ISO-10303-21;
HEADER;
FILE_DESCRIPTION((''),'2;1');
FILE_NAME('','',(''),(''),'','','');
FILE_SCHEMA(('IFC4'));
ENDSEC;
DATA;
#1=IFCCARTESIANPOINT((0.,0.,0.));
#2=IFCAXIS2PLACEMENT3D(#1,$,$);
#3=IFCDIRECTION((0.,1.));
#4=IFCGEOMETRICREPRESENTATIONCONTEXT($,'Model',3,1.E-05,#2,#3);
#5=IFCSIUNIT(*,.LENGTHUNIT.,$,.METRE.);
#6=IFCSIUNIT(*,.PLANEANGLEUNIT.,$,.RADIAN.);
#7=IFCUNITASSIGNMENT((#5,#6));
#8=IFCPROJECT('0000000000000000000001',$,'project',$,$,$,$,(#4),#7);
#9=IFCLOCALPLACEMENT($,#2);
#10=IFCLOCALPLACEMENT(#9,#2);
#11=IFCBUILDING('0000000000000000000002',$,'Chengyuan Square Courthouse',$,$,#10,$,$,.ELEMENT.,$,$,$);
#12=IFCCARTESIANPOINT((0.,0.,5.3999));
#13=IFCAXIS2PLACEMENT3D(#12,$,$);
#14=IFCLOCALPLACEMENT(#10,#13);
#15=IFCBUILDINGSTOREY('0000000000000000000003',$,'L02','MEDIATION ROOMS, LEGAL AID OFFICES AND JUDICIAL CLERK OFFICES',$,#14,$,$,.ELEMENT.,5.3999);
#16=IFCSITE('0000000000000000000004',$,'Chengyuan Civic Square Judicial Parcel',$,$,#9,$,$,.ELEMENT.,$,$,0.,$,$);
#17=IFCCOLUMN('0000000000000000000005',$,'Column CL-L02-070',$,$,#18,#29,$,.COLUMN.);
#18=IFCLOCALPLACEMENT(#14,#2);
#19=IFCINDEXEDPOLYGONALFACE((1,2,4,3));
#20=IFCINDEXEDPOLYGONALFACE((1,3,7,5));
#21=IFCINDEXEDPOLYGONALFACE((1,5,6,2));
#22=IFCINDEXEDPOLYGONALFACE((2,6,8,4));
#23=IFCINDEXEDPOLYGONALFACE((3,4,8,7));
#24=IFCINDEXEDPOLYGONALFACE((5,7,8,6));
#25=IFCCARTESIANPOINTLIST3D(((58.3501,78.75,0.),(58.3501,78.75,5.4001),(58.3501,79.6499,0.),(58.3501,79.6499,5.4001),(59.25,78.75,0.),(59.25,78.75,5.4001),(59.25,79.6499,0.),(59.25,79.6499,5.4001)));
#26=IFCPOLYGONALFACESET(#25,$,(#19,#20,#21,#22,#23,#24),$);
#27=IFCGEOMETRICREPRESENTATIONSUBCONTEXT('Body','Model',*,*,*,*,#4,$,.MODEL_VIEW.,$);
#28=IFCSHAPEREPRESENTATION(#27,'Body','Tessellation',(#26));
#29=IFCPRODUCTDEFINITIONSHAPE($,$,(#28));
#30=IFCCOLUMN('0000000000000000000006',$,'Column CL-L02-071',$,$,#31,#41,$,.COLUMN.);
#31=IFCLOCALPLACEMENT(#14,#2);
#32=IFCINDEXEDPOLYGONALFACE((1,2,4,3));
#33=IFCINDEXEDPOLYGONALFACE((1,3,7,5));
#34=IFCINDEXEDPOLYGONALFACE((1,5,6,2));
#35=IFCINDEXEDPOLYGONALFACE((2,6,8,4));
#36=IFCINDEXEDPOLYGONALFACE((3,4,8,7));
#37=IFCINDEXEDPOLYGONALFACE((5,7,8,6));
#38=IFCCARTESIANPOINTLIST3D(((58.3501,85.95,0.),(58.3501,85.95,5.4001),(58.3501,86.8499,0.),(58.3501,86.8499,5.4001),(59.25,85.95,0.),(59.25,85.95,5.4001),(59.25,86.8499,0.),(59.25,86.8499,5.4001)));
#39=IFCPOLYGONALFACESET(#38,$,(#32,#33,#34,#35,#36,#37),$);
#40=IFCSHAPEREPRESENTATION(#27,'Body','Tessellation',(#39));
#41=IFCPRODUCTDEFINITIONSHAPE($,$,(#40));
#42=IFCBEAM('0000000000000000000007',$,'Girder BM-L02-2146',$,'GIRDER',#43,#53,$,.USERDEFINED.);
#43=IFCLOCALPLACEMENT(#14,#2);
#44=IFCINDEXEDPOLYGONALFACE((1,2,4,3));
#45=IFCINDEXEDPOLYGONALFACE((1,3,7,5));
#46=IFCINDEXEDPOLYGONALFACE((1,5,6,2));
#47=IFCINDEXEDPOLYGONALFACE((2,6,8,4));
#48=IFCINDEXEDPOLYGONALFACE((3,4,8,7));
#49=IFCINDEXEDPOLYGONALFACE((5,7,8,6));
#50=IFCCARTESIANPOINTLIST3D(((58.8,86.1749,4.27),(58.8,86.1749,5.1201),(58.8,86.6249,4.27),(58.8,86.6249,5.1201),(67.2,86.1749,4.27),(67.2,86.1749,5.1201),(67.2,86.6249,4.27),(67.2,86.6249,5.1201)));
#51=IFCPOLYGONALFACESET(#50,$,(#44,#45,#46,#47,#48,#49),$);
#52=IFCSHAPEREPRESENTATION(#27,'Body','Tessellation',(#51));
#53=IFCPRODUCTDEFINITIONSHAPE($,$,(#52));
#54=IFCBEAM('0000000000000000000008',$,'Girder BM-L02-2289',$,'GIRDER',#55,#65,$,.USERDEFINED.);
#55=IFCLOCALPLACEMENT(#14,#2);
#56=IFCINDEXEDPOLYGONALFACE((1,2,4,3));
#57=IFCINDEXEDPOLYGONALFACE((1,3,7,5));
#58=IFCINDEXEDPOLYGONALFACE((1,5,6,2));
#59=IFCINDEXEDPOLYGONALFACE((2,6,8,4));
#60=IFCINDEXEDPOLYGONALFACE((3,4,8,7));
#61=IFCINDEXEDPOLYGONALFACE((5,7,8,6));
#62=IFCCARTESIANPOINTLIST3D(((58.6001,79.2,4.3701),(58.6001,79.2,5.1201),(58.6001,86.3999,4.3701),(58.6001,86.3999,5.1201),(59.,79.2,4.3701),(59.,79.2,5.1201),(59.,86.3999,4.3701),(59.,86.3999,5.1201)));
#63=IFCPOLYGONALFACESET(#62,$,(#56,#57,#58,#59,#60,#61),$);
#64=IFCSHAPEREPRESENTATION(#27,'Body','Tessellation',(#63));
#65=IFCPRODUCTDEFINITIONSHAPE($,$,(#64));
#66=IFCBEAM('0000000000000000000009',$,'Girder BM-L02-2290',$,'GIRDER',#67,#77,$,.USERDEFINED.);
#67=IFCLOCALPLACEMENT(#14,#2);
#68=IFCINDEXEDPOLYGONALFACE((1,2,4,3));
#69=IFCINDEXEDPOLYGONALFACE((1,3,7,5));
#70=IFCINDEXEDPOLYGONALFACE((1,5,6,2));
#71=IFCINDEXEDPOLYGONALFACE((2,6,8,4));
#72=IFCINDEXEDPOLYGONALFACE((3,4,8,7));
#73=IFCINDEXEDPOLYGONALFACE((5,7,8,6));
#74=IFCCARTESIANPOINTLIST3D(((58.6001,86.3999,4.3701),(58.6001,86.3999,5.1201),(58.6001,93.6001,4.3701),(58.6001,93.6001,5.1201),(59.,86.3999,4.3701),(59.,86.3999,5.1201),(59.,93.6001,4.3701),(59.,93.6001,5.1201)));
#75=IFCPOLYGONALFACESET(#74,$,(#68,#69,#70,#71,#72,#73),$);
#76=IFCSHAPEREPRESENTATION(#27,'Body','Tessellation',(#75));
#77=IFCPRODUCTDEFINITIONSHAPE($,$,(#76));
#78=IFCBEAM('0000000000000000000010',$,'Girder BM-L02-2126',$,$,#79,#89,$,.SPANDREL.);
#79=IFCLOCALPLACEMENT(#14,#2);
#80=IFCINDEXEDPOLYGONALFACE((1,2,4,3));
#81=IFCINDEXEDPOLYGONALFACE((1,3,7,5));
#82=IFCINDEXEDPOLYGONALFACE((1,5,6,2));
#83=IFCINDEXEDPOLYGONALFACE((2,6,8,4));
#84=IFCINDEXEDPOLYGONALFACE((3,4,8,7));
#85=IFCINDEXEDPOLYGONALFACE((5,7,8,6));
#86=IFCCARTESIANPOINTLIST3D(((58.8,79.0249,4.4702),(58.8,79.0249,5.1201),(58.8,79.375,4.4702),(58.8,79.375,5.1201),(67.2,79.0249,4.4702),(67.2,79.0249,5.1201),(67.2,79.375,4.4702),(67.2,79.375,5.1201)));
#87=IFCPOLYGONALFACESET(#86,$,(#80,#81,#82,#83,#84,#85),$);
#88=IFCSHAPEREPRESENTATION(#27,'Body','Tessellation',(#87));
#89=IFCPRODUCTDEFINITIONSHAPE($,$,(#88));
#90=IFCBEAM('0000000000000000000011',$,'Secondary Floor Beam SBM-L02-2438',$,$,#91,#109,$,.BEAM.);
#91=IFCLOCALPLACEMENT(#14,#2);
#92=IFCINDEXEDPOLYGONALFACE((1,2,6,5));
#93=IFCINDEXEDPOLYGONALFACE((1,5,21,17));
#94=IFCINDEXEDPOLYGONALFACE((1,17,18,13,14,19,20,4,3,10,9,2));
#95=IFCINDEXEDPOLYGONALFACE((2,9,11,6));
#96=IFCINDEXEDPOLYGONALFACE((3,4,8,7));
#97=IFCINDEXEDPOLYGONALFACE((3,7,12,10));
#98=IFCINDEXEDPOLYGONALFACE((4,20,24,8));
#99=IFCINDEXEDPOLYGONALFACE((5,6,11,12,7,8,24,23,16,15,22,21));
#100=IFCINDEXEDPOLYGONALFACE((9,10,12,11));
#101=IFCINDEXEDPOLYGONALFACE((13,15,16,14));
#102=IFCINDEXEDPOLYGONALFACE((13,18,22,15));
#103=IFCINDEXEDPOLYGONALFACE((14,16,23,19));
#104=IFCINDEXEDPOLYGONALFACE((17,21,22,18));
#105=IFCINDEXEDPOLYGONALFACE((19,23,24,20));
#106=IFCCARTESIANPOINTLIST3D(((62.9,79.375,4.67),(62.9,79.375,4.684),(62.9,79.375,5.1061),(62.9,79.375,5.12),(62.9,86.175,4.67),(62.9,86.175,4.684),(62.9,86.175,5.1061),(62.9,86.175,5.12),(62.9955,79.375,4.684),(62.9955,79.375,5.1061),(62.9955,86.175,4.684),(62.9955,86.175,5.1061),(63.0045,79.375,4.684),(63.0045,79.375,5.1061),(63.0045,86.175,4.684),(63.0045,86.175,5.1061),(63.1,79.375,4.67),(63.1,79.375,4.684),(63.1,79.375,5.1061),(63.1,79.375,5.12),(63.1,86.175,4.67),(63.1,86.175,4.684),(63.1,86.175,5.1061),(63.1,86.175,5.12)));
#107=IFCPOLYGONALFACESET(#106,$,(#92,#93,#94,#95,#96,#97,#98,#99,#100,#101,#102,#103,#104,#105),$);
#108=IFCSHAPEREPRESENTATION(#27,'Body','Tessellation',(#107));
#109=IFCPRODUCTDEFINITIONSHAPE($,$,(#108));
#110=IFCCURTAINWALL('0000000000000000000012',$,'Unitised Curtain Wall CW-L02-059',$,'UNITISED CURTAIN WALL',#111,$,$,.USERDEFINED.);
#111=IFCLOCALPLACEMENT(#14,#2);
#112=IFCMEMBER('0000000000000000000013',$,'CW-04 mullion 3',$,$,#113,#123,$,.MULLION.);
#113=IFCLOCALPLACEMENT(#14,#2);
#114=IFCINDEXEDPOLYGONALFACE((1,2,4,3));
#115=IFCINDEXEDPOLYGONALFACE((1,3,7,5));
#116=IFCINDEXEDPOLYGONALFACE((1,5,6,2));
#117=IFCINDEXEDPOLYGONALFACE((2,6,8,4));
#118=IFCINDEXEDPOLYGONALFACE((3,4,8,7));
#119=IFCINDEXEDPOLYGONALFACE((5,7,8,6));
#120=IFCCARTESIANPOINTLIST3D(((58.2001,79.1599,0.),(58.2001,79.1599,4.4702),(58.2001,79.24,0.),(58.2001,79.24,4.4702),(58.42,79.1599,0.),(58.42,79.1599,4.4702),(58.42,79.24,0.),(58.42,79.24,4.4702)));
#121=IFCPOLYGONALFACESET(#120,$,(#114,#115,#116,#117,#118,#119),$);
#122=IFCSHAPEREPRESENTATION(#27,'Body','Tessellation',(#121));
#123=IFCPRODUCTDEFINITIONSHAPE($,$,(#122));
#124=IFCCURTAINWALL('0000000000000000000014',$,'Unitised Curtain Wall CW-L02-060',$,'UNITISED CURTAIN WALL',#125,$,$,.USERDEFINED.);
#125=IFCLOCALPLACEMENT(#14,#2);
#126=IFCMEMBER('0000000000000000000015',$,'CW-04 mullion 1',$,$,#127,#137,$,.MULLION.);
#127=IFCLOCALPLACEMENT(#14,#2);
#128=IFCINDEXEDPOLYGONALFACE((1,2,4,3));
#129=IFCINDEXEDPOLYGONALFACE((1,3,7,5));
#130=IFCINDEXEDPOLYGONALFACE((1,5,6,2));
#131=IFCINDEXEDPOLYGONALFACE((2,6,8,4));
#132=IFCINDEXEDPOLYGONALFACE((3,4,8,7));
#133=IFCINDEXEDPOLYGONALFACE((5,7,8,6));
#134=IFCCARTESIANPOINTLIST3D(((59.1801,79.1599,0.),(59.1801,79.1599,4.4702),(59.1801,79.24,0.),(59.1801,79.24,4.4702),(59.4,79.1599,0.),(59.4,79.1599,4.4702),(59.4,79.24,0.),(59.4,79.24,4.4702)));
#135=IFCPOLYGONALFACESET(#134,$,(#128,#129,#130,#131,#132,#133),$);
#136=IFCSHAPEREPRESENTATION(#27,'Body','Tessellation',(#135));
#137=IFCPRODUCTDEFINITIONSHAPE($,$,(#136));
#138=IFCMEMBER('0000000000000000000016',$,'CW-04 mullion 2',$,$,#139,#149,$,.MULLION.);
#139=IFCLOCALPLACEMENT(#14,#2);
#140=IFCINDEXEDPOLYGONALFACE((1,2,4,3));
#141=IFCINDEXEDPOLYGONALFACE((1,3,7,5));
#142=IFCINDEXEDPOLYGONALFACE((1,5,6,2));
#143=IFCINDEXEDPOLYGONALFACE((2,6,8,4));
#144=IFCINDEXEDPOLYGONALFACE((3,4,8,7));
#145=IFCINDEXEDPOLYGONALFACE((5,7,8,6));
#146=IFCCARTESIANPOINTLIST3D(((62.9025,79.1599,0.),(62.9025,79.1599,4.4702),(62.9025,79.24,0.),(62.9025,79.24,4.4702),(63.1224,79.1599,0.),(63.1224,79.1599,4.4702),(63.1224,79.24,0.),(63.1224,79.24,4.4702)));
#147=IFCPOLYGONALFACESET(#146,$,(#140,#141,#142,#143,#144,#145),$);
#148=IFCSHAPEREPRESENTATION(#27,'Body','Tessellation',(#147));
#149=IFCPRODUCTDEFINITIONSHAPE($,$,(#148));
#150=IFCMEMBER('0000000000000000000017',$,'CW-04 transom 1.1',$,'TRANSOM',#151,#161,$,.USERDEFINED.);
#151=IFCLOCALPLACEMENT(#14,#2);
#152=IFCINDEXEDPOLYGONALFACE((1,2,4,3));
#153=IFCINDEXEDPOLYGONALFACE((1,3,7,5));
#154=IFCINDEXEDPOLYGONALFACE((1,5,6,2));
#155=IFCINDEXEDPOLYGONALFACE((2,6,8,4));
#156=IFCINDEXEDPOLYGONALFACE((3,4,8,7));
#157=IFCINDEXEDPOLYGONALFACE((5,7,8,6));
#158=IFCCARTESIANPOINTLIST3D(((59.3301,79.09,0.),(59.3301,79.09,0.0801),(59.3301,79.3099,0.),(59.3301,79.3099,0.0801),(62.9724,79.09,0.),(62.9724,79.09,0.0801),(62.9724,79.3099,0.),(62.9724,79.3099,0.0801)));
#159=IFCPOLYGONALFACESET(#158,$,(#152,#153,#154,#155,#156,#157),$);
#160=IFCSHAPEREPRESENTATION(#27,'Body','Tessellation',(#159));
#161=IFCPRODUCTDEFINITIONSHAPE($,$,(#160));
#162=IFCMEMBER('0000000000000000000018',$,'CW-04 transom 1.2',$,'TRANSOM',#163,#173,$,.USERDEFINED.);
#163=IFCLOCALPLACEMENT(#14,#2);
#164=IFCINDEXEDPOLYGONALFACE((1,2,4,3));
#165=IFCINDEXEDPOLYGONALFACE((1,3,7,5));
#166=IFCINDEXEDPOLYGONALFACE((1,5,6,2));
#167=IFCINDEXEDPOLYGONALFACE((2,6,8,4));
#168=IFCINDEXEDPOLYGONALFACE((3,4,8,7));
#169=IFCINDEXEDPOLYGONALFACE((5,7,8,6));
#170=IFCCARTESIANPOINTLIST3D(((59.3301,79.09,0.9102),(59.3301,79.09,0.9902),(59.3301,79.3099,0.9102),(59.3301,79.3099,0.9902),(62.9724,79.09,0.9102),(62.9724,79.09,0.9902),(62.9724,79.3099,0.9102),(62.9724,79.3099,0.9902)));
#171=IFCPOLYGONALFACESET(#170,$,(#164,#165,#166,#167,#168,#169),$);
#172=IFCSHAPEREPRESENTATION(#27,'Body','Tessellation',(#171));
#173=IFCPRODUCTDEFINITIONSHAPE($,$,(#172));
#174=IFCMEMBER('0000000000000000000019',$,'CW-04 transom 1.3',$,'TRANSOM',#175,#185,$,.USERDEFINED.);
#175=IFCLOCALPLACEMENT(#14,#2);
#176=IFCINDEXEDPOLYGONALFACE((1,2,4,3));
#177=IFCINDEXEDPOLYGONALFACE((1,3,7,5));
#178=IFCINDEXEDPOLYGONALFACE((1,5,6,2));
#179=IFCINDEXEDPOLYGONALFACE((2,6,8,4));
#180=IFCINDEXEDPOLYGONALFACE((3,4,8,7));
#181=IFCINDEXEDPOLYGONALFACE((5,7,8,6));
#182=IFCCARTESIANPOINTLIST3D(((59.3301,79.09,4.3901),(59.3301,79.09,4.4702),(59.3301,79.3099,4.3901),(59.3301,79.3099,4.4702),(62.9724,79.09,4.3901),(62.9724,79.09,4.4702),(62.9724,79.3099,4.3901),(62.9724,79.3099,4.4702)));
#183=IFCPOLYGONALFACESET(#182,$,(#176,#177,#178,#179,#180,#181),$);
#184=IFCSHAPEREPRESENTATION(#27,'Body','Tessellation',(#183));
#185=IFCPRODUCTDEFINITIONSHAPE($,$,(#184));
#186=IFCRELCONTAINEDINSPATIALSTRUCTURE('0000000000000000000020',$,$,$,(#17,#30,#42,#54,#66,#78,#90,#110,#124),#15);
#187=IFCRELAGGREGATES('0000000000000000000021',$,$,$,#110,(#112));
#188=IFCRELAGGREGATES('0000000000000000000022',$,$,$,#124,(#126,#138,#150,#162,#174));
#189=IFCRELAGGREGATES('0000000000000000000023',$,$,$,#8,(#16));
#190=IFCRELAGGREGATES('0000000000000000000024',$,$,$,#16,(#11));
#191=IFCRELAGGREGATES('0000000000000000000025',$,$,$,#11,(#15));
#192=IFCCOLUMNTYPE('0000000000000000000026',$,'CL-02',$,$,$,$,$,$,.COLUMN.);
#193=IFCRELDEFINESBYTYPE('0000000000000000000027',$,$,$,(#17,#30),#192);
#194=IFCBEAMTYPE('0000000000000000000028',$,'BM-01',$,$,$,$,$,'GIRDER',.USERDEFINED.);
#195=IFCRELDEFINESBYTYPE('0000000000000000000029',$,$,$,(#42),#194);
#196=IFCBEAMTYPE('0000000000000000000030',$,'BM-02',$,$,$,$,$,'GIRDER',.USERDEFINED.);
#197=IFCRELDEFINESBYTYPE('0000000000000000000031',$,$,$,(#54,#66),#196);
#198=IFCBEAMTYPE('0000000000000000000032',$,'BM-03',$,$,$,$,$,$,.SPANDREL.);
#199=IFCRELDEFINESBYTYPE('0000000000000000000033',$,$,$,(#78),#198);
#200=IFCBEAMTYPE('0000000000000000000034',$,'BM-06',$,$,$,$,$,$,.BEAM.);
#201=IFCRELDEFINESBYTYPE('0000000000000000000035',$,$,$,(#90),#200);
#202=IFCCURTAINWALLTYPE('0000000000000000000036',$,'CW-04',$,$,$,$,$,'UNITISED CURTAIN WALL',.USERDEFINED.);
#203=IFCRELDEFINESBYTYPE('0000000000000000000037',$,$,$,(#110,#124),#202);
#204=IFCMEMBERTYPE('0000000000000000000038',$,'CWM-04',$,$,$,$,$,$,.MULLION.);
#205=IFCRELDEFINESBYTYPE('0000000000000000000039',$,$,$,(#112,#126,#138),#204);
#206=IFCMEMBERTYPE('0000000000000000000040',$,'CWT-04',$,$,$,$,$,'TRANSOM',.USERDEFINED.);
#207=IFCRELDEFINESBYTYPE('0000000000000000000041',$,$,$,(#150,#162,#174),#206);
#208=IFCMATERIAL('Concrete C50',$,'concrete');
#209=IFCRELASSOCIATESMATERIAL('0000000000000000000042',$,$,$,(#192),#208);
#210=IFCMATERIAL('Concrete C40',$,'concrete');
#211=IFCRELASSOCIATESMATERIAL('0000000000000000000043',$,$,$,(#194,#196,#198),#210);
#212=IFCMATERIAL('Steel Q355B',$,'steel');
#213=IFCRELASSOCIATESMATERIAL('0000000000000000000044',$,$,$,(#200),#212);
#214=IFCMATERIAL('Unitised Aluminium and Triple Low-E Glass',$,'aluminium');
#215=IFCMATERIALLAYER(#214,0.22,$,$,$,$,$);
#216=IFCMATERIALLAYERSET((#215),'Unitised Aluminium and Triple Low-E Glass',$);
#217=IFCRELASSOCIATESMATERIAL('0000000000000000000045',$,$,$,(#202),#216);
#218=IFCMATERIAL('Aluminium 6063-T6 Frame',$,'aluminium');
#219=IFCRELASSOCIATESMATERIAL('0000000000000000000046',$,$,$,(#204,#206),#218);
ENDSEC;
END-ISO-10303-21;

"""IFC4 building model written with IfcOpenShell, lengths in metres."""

from ifc_helpers import new_model, si_unit, direction, frame, origin, origin_2d, place, context, subcontext, project, spatial, rectangle, i_section, extrude, material, layer, layer_set, material_profile, profile_set, type_object, element, aggregate, save


model = new_model("IFC4")

# Units and contexts
model_context = context("Model", 3, precision=1e-05, world=origin(), true_north=direction((0.0, 1.0)))
body_context = subcontext(model_context, "Body", "Model", "MODEL_VIEW")
ifc_project = project(units=[si_unit("LENGTHUNIT", "METRE"), si_unit("PLANEANGLEUNIT", "RADIAN")], contexts=[model_context])

# Site, building, storey
site_placement = place(None, origin())
site = spatial("IfcSite", under=ifc_project, at=site_placement, Name="Chengyuan Civic Square Judicial Parcel", CompositionType="ELEMENT", RefElevation=0.0)
building_placement = place(site_placement, origin())
building = spatial("IfcBuilding", under=site, at=building_placement, Name="Chengyuan Square Courthouse", CompositionType="ELEMENT")
storey_placement = place(building_placement, frame((0.0, 0.0, 5.3999)))
storey = spatial("IfcBuildingStorey", under=building, at=storey_placement, Name="L02", Description="MEDIATION ROOMS, LEGAL AID OFFICES AND JUDICIAL CLERK OFFICES", CompositionType="ELEMENT", Elevation=5.3999)

# Columns
ifc_material_1 = material(Name="Concrete C50", Category="concrete")
ifc_material_profile_1 = material_profile(ifc_material_1, rectangle(XDim=0.8999, YDim=0.8999, at=origin_2d()), Name="RC-COL-900x900")
ifc_profile_set_1 = profile_set([ifc_material_profile_1], Name="Concrete C50")
column_type = type_object("IfcColumnType", Name="CL-02", PredefinedType="COLUMN", material=ifc_profile_set_1)
for number, where, z_axis, x_axis, name in (
    (1, (58.8, 79.2, 0.0), (0.0, 0.0, 1.0), (1.0, 0.0, 0.0), "Column CL-L02-070"),
    (2, (58.8, 86.3999, 0.0), (0.0, 0.0, 1.0), (1.0, 0.0, 0.0), "Column CL-L02-071"),
):
    element("IfcColumn", number, at=place(storey_placement, frame(where, z_axis=z_axis, x_axis=x_axis)), inside=storey, type_object=column_type, Name=name, PredefinedType="COLUMN", context=body_context, shape_type="SweptSolid", body=[
        extrude(rectangle(XDim=0.8999, YDim=0.8999, at=origin_2d()), origin(), (0.0, 0.0, 1.0), 5.4001),
    ])

# Beams
ifc_material_2 = material(Name="Concrete C40", Category="concrete")
ifc_material_profile_2 = material_profile(ifc_material_2, rectangle(XDim=0.45, YDim=0.8501, at=origin_2d()), Name="RC-BM-450x850")
ifc_profile_set_2 = profile_set([ifc_material_profile_2], Name="Concrete C40")
beam_type_1 = type_object("IfcBeamType", Name="BM-01", ElementType="GIRDER", PredefinedType="USERDEFINED", material=ifc_profile_set_2)
beam_1_placement = place(storey_placement, frame((58.8, 86.3999, 4.6951), z_axis=(1.0, 0.0, 0.0), x_axis=(0.0, 1.0, 0.0)))
element("IfcBeam", 3, at=beam_1_placement, inside=storey, type_object=beam_type_1, Name="Girder BM-L02-2146", ObjectType="GIRDER", PredefinedType="USERDEFINED", context=body_context, shape_type="SweptSolid", body=[
    extrude(rectangle(XDim=0.45, YDim=0.8501, at=origin_2d()), origin(), (0.0, 0.0, 1.0), 8.3999),
])
ifc_material_profile_3 = material_profile(ifc_material_2, rectangle(XDim=0.3999, YDim=0.75, at=origin_2d()), Name="RC-BM-400x750")
ifc_profile_set_3 = profile_set([ifc_material_profile_3], Name="Concrete C40")
beam_type_2 = type_object("IfcBeamType", Name="BM-02", ElementType="GIRDER", PredefinedType="USERDEFINED", material=ifc_profile_set_3)
beam_2_placement = place(storey_placement, frame((58.8, 79.2, 4.7451), z_axis=(0.0, 1.0, 0.0), x_axis=(-1.0, 0.0, 0.0)))
element("IfcBeam", 4, at=beam_2_placement, inside=storey, type_object=beam_type_2, Name="Girder BM-L02-2289", ObjectType="GIRDER", PredefinedType="USERDEFINED", context=body_context, shape_type="SweptSolid", body=[
    extrude(rectangle(XDim=0.3999, YDim=0.75, at=origin_2d()), origin(), (0.0, 0.0, 1.0), 7.2),
])
beam_3_placement = place(storey_placement, frame((58.8, 86.3999, 4.7451), z_axis=(0.0, 1.0, 0.0), x_axis=(-1.0, 0.0, 0.0)))
element("IfcBeam", 5, at=beam_3_placement, inside=storey, type_object=beam_type_2, Name="Girder BM-L02-2290", ObjectType="GIRDER", PredefinedType="USERDEFINED", context=body_context, shape_type="SweptSolid", body=[
    extrude(rectangle(XDim=0.3999, YDim=0.75, at=origin_2d()), origin(), (0.0, 0.0, 1.0), 7.2002),
])
ifc_material_profile_4 = material_profile(ifc_material_2, rectangle(XDim=0.3501, YDim=0.6499, at=origin_2d()), Name="RC-BM-350x650")
ifc_profile_set_4 = profile_set([ifc_material_profile_4], Name="Concrete C40")
beam_type_3 = type_object("IfcBeamType", Name="BM-03", PredefinedType="SPANDREL", material=ifc_profile_set_4)
beam_4_placement = place(storey_placement, frame((58.8, 79.2, 4.7952), z_axis=(1.0, 0.0, 0.0), x_axis=(0.0, 1.0, 0.0)))
element("IfcBeam", 6, at=beam_4_placement, inside=storey, type_object=beam_type_3, Name="Girder BM-L02-2126", PredefinedType="SPANDREL", context=body_context, shape_type="SweptSolid", body=[
    extrude(rectangle(XDim=0.3501, YDim=0.6499, at=origin_2d()), origin(), (0.0, 0.0, 1.0), 8.3999),
])
ifc_material_3 = material(Name="Steel Q355B", Category="steel")
ifc_material_profile_5 = material_profile(ifc_material_3, i_section(OverallWidth=0.2, OverallDepth=0.45, WebThickness=0.009, FlangeThickness=0.0139, at=origin_2d()), Name="HN 450x200x9x14")
ifc_profile_set_5 = profile_set([ifc_material_profile_5], Name="Steel Q355B")
beam_type_4 = type_object("IfcBeamType", Name="BM-06", PredefinedType="BEAM", material=ifc_profile_set_5)
beam_5_placement = place(storey_placement, frame((63.0, 79.375, 4.895), z_axis=(0.0, 1.0, 0.0), x_axis=(-1.0, 0.0, 0.0)))
element("IfcBeam", 7, at=beam_5_placement, inside=storey, type_object=beam_type_4, Name="Secondary Floor Beam SBM-L02-2438", PredefinedType="BEAM", context=body_context, shape_type="SweptSolid", body=[
    extrude(i_section(OverallWidth=0.2, OverallDepth=0.45, WebThickness=0.009, FlangeThickness=0.0139, at=origin_2d()), origin(), (0.0, 0.0, 1.0), 6.8),
])

# Curtain wall, member
ifc_material_4 = material(Name="Unitised Aluminium and Triple Low-E Glass", Category="aluminium")
ifc_layer_1 = layer(ifc_material_4, 0.22)
ifc_layer_set_1 = layer_set([ifc_layer_1], Name="Unitised Aluminium and Triple Low-E Glass")
curtain_wall_type = type_object("IfcCurtainWallType", Name="CW-04", ElementType="UNITISED CURTAIN WALL", PredefinedType="USERDEFINED", material=ifc_layer_set_1)
curtain_wall_1_placement = place(storey_placement, origin())
curtain_wall_1 = element("IfcCurtainWall", 8, at=curtain_wall_1_placement, inside=storey, type_object=curtain_wall_type, Name="Unitised Curtain Wall CW-L02-059", ObjectType="UNITISED CURTAIN WALL", PredefinedType="USERDEFINED")
ifc_material_5 = material(Name="Aluminium 6063-T6 Frame", Category="aluminium")
ifc_material_profile_6 = material_profile(ifc_material_5, rectangle(XDim=0.0801, YDim=0.22, at=origin_2d()), Name="CW-MUL-80x220")
ifc_profile_set_6 = profile_set([ifc_material_profile_6], Name="Aluminium 6063-T6 Frame")
member_type_1 = type_object("IfcMemberType", Name="CWM-04", PredefinedType="MULLION", material=ifc_profile_set_6)
member_1_placement = place(storey_placement, frame((58.3101, 79.2, 0.0), z_axis=(0.0, 0.0, 1.0), x_axis=(0.0, 1.0, 0.0)))
member_1 = element("IfcMember", 9, at=member_1_placement, type_object=member_type_1, Name="CW-04 mullion 3", PredefinedType="MULLION", context=body_context, shape_type="SweptSolid", body=[
    extrude(rectangle(XDim=0.0801, YDim=0.22, at=origin_2d()), origin(), (0.0, 0.0, 1.0), 4.4702),
])

# Curtain wall, members
curtain_wall_2_placement = place(storey_placement, origin())
curtain_wall_2 = element("IfcCurtainWall", 10, at=curtain_wall_2_placement, inside=storey, type_object=curtain_wall_type, Name="Unitised Curtain Wall CW-L02-060", ObjectType="UNITISED CURTAIN WALL", PredefinedType="USERDEFINED")
member_2_placement = place(storey_placement, frame((59.29, 79.2, 0.0), z_axis=(0.0, 0.0, 1.0), x_axis=(0.0, 1.0, 0.0)))
member_2 = element("IfcMember", 11, at=member_2_placement, type_object=member_type_1, Name="CW-04 mullion 1", PredefinedType="MULLION", context=body_context, shape_type="SweptSolid", body=[
    extrude(rectangle(XDim=0.0801, YDim=0.22, at=origin_2d()), origin(), (0.0, 0.0, 1.0), 4.4702),
])
member_3_placement = place(storey_placement, frame((63.0125, 79.2, 0.0), z_axis=(0.0, 0.0, 1.0), x_axis=(0.0, 1.0, 0.0)))
member_3 = element("IfcMember", 12, at=member_3_placement, type_object=member_type_1, Name="CW-04 mullion 2", PredefinedType="MULLION", context=body_context, shape_type="SweptSolid", body=[
    extrude(rectangle(XDim=0.0801, YDim=0.22, at=origin_2d()), origin(), (0.0, 0.0, 1.0), 4.4702),
])
ifc_material_profile_7 = material_profile(ifc_material_5, rectangle(XDim=0.22, YDim=0.0801, at=origin_2d()), Name="CW-TRN-80x180")
ifc_profile_set_7 = profile_set([ifc_material_profile_7], Name="Aluminium 6063-T6 Frame")
member_type_2 = type_object("IfcMemberType", Name="CWT-04", ElementType="TRANSOM", PredefinedType="USERDEFINED", material=ifc_profile_set_7)
member_4_placement = place(storey_placement, frame((59.3301, 79.2, 0.04), z_axis=(1.0, 0.0, 0.0), x_axis=(0.0, 1.0, 0.0)))
member_4 = element("IfcMember", 13, at=member_4_placement, type_object=member_type_2, Name="CW-04 transom 1.1", ObjectType="TRANSOM", PredefinedType="USERDEFINED", context=body_context, shape_type="SweptSolid", body=[
    extrude(rectangle(XDim=0.22, YDim=0.0801, at=origin_2d()), origin(), (0.0, 0.0, 1.0), 3.6423),
])
member_5_placement = place(storey_placement, frame((59.3301, 79.2, 0.9502), z_axis=(1.0, 0.0, 0.0), x_axis=(0.0, 1.0, 0.0)))
member_5 = element("IfcMember", 14, at=member_5_placement, type_object=member_type_2, Name="CW-04 transom 1.2", ObjectType="TRANSOM", PredefinedType="USERDEFINED", context=body_context, shape_type="SweptSolid", body=[
    extrude(rectangle(XDim=0.22, YDim=0.0801, at=origin_2d()), origin(), (0.0, 0.0, 1.0), 3.6423),
])
member_6_placement = place(storey_placement, frame((59.3301, 79.2, 4.4302), z_axis=(1.0, 0.0, 0.0), x_axis=(0.0, 1.0, 0.0)))
member_6 = element("IfcMember", 15, at=member_6_placement, type_object=member_type_2, Name="CW-04 transom 1.3", ObjectType="TRANSOM", PredefinedType="USERDEFINED", context=body_context, shape_type="SweptSolid", body=[
    extrude(rectangle(XDim=0.22, YDim=0.0801, at=origin_2d()), origin(), (0.0, 0.0, 1.0), 3.6423),
])

aggregate(curtain_wall_1, [member_1])
aggregate(curtain_wall_2, [member_2, member_3, member_4, member_5, member_6])

save(model, "model.ifc")
